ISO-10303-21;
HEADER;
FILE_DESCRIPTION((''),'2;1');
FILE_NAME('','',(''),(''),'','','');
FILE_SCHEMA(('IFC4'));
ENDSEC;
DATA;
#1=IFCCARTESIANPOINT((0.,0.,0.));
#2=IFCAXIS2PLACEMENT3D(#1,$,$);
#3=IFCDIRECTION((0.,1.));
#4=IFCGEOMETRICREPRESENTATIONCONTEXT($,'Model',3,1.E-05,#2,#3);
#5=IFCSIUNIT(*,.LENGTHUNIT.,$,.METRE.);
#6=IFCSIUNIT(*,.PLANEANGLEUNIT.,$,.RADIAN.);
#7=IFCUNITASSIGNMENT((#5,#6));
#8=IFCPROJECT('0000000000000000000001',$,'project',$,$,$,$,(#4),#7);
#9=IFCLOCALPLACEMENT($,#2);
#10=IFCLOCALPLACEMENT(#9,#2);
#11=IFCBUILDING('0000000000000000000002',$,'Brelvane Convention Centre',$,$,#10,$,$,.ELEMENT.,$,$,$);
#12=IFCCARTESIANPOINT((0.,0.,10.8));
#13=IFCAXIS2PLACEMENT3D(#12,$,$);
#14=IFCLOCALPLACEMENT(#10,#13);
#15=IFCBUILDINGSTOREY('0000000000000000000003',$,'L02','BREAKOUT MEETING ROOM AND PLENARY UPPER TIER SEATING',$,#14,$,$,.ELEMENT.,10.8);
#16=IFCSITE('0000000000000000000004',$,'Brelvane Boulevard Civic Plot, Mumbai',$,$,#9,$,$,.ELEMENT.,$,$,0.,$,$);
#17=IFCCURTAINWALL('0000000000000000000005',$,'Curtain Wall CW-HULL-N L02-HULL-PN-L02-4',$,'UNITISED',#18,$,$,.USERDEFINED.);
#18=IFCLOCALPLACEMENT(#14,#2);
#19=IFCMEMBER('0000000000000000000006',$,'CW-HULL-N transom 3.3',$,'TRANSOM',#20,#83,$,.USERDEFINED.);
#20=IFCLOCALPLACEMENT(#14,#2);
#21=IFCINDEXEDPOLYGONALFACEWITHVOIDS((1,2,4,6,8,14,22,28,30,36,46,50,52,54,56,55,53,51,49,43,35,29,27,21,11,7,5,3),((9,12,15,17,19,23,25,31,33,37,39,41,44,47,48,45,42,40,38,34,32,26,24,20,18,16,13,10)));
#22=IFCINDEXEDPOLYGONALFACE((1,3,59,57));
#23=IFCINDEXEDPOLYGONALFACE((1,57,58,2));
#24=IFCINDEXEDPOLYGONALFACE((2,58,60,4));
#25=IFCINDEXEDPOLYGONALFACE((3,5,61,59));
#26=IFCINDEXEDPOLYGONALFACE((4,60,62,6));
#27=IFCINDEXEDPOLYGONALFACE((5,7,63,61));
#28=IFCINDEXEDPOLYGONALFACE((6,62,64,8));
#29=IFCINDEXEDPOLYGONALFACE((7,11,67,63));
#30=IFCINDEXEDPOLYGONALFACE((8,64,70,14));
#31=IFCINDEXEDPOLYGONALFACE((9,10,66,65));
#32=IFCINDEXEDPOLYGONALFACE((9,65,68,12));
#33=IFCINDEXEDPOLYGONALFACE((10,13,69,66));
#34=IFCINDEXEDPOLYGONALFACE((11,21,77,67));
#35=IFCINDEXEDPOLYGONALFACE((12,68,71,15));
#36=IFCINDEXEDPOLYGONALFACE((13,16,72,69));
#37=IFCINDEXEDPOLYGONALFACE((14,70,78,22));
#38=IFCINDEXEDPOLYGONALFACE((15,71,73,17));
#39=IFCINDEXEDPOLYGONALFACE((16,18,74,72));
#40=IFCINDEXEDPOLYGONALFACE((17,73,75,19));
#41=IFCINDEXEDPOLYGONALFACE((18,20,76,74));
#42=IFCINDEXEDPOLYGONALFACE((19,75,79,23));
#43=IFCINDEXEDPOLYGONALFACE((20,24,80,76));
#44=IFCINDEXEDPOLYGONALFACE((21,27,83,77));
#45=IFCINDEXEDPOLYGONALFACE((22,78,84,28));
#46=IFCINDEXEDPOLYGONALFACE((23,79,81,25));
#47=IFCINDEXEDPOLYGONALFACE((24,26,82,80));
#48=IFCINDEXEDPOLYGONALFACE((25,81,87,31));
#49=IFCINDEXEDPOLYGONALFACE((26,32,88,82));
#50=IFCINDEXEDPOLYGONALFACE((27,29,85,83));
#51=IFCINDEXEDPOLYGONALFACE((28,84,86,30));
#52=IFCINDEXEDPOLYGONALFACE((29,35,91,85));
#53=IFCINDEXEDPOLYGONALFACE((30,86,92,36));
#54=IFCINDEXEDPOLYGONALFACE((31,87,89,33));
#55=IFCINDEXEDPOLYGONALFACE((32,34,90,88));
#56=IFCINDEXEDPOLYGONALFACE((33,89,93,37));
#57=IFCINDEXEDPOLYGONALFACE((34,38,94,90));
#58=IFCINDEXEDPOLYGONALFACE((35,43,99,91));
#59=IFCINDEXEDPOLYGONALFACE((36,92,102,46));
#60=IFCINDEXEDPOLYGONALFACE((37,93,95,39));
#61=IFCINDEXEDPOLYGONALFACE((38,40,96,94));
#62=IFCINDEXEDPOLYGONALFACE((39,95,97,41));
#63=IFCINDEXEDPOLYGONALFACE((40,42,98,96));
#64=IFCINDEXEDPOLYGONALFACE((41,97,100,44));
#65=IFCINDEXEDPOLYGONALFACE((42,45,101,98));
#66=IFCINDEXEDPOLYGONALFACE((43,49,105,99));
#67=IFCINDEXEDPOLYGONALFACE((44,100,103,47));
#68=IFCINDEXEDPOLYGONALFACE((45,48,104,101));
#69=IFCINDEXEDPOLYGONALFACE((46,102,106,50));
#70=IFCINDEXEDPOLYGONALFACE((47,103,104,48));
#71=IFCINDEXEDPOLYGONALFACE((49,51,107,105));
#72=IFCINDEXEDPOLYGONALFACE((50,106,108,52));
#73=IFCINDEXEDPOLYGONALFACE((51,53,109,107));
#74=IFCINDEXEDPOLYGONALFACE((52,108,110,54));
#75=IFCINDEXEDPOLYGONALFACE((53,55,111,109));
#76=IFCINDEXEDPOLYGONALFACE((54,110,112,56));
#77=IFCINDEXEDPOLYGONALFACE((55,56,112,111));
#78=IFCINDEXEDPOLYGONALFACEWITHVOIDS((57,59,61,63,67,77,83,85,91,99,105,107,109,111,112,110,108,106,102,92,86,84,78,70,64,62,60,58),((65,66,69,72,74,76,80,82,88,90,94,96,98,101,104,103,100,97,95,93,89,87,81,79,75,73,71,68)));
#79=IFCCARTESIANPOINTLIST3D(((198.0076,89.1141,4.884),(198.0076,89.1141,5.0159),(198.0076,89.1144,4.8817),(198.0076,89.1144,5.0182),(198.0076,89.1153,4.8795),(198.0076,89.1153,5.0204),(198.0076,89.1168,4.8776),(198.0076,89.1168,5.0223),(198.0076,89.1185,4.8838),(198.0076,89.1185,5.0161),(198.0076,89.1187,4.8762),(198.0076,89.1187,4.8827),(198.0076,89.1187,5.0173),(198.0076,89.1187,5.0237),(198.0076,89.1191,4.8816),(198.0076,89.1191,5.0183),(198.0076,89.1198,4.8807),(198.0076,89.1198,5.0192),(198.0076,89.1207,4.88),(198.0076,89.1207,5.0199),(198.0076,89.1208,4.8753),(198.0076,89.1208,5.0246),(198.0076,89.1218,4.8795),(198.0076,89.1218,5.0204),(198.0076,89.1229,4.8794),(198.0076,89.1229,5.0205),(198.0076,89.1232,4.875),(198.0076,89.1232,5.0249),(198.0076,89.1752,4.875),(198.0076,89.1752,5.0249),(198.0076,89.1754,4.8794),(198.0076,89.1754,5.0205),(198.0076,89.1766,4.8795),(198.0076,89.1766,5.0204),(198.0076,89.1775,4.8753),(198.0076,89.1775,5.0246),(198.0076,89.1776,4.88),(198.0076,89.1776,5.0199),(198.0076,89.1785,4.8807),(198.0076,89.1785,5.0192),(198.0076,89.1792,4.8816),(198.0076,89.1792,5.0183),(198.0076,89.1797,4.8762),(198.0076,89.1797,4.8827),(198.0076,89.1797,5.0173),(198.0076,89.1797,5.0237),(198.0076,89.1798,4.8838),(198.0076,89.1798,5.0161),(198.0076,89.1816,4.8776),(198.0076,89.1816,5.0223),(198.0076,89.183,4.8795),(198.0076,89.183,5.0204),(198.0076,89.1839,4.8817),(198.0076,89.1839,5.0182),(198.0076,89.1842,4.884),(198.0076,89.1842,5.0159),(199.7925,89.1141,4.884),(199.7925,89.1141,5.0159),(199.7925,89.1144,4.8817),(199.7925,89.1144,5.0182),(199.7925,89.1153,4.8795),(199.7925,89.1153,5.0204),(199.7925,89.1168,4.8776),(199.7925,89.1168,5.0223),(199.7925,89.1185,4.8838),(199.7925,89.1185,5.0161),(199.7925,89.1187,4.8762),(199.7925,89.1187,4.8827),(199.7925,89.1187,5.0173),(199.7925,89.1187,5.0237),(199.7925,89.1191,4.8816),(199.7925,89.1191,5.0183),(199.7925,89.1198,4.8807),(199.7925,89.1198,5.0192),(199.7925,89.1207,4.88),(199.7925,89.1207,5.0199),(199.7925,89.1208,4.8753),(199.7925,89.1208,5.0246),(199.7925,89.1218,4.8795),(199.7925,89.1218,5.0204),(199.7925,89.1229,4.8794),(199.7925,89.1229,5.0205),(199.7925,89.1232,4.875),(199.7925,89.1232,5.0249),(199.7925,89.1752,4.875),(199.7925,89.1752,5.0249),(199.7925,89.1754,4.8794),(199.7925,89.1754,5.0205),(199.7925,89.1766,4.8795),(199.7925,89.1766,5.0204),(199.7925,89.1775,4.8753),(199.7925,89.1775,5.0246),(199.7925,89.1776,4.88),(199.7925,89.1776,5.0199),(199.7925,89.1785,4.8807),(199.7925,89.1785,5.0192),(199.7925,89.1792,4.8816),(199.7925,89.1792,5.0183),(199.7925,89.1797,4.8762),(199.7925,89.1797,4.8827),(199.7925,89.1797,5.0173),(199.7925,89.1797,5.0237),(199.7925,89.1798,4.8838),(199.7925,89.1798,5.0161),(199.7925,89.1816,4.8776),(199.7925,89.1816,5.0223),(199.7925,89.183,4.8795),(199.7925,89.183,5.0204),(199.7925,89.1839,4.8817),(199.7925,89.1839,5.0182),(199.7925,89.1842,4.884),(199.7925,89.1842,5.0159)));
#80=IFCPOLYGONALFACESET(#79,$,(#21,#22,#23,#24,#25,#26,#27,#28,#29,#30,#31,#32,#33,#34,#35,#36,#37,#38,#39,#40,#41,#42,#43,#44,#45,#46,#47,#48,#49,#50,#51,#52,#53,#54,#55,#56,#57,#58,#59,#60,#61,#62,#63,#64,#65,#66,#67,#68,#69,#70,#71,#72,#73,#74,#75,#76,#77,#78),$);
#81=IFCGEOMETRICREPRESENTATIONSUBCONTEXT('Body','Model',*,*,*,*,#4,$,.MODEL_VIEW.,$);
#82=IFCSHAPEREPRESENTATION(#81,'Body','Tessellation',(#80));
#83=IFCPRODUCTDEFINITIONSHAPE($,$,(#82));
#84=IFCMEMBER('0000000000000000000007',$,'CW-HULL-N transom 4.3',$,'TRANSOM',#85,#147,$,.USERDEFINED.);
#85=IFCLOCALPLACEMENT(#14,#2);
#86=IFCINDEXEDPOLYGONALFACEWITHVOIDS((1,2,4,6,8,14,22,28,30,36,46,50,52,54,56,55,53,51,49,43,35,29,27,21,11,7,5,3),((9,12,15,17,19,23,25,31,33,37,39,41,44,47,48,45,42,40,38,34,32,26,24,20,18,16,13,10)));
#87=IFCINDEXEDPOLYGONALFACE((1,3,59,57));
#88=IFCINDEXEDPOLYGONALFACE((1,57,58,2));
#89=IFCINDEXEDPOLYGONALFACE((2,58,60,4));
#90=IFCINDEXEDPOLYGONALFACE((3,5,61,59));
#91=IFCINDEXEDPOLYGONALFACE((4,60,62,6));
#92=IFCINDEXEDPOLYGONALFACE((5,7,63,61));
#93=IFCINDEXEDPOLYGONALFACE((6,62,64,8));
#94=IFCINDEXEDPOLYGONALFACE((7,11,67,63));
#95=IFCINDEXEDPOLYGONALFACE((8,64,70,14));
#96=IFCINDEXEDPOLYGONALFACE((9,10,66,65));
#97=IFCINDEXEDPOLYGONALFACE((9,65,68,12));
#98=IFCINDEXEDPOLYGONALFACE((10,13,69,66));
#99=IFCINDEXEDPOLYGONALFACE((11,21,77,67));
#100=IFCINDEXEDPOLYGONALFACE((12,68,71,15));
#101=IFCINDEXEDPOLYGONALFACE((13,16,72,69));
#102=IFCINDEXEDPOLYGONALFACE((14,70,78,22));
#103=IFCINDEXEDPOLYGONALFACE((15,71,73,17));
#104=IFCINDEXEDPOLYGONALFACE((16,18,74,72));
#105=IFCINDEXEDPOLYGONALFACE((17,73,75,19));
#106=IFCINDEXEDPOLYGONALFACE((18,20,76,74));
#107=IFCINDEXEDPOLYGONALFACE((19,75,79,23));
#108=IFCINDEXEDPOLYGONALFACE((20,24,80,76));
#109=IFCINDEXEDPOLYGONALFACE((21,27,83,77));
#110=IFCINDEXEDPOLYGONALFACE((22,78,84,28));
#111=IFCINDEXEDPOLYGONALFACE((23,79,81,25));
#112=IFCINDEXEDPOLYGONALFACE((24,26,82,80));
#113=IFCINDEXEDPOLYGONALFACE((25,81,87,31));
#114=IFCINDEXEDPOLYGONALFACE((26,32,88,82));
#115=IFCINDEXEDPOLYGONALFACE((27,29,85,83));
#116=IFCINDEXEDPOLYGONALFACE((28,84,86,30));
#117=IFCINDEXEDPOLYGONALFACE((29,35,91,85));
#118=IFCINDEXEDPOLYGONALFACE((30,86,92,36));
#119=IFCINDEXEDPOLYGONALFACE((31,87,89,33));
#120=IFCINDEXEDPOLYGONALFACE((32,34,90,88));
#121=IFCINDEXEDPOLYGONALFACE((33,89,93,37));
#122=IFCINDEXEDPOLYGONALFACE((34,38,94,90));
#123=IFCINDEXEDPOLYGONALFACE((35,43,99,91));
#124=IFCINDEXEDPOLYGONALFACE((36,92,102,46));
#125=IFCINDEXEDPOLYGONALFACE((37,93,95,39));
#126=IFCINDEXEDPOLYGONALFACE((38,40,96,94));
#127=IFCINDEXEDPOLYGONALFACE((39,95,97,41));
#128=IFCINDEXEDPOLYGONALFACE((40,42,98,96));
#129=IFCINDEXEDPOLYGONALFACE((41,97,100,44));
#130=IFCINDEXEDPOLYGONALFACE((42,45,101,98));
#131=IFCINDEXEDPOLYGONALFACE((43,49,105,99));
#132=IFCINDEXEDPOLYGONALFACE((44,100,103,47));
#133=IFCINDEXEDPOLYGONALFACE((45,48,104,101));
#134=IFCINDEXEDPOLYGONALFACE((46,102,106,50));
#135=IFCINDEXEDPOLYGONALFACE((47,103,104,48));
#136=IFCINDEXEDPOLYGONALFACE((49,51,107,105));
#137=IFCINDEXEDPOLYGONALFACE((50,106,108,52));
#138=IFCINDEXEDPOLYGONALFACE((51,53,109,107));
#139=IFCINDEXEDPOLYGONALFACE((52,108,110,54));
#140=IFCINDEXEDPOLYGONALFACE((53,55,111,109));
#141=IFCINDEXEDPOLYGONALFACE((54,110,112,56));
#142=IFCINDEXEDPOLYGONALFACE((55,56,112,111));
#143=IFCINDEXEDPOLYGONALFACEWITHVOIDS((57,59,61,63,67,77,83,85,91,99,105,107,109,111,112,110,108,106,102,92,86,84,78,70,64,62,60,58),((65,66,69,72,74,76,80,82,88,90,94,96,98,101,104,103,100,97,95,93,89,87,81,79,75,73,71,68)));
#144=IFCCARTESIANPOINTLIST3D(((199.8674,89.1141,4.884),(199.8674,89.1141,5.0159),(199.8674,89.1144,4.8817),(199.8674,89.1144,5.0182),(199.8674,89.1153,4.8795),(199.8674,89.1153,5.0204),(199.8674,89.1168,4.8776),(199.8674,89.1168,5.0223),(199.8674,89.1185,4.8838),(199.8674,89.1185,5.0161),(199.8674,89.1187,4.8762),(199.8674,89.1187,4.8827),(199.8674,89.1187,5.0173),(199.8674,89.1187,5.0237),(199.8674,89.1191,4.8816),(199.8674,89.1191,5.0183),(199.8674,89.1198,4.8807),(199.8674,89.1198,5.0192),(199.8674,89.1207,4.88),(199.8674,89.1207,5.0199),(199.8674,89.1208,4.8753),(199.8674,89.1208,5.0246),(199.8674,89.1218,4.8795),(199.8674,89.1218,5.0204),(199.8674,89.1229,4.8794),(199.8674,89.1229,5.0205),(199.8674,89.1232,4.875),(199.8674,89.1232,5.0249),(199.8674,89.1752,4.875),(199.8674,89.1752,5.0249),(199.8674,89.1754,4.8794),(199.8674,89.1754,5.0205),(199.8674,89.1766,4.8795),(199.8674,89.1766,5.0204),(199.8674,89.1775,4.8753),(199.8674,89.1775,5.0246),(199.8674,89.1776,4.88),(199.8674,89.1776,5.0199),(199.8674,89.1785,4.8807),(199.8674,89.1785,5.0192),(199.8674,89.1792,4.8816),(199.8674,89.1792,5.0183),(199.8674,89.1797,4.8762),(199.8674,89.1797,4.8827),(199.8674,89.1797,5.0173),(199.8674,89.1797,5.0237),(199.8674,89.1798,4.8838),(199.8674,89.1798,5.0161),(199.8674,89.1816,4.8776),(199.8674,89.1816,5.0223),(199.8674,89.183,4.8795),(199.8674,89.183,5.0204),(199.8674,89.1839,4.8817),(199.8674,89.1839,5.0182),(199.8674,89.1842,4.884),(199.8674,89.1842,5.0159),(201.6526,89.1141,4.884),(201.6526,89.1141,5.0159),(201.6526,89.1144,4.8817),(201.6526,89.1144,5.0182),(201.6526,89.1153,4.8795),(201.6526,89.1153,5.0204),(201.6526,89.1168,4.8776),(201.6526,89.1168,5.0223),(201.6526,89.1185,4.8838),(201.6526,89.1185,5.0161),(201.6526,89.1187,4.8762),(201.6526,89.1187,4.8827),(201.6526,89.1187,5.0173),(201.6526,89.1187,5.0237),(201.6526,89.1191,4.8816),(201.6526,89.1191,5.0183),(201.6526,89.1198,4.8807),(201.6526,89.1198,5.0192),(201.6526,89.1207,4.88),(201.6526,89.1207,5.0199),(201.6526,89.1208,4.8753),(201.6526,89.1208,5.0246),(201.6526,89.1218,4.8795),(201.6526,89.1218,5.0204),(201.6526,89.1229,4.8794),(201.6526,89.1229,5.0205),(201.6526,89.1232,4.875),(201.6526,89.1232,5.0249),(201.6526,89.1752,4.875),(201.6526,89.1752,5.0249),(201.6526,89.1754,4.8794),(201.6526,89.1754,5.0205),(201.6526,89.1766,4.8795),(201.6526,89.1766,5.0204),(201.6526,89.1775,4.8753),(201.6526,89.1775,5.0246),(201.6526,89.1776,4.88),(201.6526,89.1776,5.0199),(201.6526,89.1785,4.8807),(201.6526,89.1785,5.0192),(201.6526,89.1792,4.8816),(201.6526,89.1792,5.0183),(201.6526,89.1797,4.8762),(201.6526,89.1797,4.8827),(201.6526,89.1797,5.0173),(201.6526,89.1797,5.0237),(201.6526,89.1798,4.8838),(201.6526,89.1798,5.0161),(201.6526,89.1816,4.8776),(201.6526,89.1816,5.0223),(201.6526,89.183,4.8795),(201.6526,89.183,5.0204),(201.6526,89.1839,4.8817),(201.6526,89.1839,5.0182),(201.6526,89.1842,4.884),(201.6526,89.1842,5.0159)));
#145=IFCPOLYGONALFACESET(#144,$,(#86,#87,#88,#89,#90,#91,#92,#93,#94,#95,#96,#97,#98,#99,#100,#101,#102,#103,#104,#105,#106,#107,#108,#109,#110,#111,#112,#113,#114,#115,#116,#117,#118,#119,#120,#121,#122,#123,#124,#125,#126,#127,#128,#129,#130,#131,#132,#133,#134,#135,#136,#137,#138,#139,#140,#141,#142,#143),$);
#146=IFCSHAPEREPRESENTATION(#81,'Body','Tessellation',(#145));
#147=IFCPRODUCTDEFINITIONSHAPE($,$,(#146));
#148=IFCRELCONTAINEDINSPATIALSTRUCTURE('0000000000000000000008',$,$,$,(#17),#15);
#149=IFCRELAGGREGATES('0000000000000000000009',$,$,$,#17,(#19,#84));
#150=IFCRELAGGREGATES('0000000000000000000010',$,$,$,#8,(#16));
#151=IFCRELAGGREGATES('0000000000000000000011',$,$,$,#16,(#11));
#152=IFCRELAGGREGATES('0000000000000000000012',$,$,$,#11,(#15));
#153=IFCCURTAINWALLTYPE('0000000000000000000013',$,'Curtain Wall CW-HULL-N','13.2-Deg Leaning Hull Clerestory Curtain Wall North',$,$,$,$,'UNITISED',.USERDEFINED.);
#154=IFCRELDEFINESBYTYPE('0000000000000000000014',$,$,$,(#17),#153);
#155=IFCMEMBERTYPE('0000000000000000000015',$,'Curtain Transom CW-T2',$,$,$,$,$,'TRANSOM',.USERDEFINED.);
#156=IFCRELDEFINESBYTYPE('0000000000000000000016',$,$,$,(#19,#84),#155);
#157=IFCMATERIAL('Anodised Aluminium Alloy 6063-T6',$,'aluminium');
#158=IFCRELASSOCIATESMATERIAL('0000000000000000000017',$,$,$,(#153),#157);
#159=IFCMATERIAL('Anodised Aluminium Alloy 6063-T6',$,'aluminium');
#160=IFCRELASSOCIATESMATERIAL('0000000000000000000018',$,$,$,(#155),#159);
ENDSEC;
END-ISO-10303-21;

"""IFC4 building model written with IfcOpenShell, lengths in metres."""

from ifc_helpers import new_model, si_unit, direction, frame, origin, origin_2d, place, context, subcontext, project, spatial, hollow_rectangle, extrude, material, material_profile, profile_set, type_object, element, aggregate, save


model = new_model("IFC4")

# Units and contexts
model_context = context("Model", 3, precision=1e-05, world=origin(), true_north=direction((0.0, 1.0)))
body_context = subcontext(model_context, "Body", "Model", "MODEL_VIEW")
ifc_project = project(units=[si_unit("LENGTHUNIT", "METRE"), si_unit("PLANEANGLEUNIT", "RADIAN")], contexts=[model_context])

# Site, building, storey
site_placement = place(None, origin())
site = spatial("IfcSite", under=ifc_project, at=site_placement, Name="Brelvane Boulevard Civic Plot, Mumbai", CompositionType="ELEMENT", RefElevation=0.0)
building_placement = place(site_placement, origin())
building = spatial("IfcBuilding", under=site, at=building_placement, Name="Brelvane Convention Centre", CompositionType="ELEMENT")
storey_placement = place(building_placement, frame((0.0, 0.0, 10.8)))
storey = spatial("IfcBuildingStorey", under=building, at=storey_placement, Name="L02", Description="BREAKOUT MEETING ROOM AND PLENARY UPPER TIER SEATING", CompositionType="ELEMENT", Elevation=10.8)

# Curtain wall, members
ifc_material_1 = material(Name="Anodised Aluminium Alloy 6063-T6", Category="aluminium")
curtain_wall_type = type_object("IfcCurtainWallType", Name="Curtain Wall CW-HULL-N", Description="13.2-Deg Leaning Hull Clerestory Curtain Wall North", ElementType="UNITISED", PredefinedType="USERDEFINED", material=ifc_material_1)
ifc_material_2 = material(Name="Anodised Aluminium Alloy 6063-T6", Category="aluminium")
ifc_material_profile = material_profile(ifc_material_2, hollow_rectangle(XDim=0.0701, YDim=0.1499, WallThickness=0.0044, InnerFilletRadius=0.0044, OuterFilletRadius=0.009, at=origin_2d()), Name="ALU-T 150x70x4.5")
ifc_profile_set = profile_set([ifc_material_profile], Name="Anodised Aluminium Alloy 6063-T6")
member_type = type_object("IfcMemberType", Name="Curtain Transom CW-T2", ElementType="TRANSOM", PredefinedType="USERDEFINED", material=ifc_profile_set)
curtain_wall_1_placement = place(storey_placement, origin())
curtain_wall_1 = element("IfcCurtainWall", 1, at=curtain_wall_1_placement, inside=storey, type_object=curtain_wall_type, Name="Curtain Wall CW-HULL-N L02-HULL-PN-L02-4", ObjectType="UNITISED", PredefinedType="USERDEFINED")
member_1_placement = place(storey_placement, frame((198.0076, 89.1492, 4.95), z_axis=(1.0, 0.0, 0.0), x_axis=(0.0, 1.0, 0.0)))
member_1 = element("IfcMember", 2, at=member_1_placement, type_object=member_type, Name="CW-HULL-N transom 3.3", ObjectType="TRANSOM", PredefinedType="USERDEFINED", context=body_context, shape_type="SweptSolid", body=[
    extrude(hollow_rectangle(XDim=0.0701, YDim=0.1499, WallThickness=0.0044, InnerFilletRadius=0.0044, OuterFilletRadius=0.009, at=origin_2d()), origin(), (0.0, 0.0, 1.0), 1.7849),
])
member_2_placement = place(storey_placement, frame((199.8674, 89.1492, 4.95), z_axis=(1.0, 0.0, 0.0), x_axis=(0.0, 1.0, 0.0)))
member_2 = element("IfcMember", 3, at=member_2_placement, type_object=member_type, Name="CW-HULL-N transom 4.3", ObjectType="TRANSOM", PredefinedType="USERDEFINED", context=body_context, shape_type="SweptSolid", body=[
    extrude(hollow_rectangle(XDim=0.0701, YDim=0.1499, WallThickness=0.0044, InnerFilletRadius=0.0044, OuterFilletRadius=0.009, at=origin_2d()), origin(), (0.0, 0.0, 1.0), 1.7852),
])

aggregate(curtain_wall_1, [member_1, member_2])

save(model, "model.ifc")
